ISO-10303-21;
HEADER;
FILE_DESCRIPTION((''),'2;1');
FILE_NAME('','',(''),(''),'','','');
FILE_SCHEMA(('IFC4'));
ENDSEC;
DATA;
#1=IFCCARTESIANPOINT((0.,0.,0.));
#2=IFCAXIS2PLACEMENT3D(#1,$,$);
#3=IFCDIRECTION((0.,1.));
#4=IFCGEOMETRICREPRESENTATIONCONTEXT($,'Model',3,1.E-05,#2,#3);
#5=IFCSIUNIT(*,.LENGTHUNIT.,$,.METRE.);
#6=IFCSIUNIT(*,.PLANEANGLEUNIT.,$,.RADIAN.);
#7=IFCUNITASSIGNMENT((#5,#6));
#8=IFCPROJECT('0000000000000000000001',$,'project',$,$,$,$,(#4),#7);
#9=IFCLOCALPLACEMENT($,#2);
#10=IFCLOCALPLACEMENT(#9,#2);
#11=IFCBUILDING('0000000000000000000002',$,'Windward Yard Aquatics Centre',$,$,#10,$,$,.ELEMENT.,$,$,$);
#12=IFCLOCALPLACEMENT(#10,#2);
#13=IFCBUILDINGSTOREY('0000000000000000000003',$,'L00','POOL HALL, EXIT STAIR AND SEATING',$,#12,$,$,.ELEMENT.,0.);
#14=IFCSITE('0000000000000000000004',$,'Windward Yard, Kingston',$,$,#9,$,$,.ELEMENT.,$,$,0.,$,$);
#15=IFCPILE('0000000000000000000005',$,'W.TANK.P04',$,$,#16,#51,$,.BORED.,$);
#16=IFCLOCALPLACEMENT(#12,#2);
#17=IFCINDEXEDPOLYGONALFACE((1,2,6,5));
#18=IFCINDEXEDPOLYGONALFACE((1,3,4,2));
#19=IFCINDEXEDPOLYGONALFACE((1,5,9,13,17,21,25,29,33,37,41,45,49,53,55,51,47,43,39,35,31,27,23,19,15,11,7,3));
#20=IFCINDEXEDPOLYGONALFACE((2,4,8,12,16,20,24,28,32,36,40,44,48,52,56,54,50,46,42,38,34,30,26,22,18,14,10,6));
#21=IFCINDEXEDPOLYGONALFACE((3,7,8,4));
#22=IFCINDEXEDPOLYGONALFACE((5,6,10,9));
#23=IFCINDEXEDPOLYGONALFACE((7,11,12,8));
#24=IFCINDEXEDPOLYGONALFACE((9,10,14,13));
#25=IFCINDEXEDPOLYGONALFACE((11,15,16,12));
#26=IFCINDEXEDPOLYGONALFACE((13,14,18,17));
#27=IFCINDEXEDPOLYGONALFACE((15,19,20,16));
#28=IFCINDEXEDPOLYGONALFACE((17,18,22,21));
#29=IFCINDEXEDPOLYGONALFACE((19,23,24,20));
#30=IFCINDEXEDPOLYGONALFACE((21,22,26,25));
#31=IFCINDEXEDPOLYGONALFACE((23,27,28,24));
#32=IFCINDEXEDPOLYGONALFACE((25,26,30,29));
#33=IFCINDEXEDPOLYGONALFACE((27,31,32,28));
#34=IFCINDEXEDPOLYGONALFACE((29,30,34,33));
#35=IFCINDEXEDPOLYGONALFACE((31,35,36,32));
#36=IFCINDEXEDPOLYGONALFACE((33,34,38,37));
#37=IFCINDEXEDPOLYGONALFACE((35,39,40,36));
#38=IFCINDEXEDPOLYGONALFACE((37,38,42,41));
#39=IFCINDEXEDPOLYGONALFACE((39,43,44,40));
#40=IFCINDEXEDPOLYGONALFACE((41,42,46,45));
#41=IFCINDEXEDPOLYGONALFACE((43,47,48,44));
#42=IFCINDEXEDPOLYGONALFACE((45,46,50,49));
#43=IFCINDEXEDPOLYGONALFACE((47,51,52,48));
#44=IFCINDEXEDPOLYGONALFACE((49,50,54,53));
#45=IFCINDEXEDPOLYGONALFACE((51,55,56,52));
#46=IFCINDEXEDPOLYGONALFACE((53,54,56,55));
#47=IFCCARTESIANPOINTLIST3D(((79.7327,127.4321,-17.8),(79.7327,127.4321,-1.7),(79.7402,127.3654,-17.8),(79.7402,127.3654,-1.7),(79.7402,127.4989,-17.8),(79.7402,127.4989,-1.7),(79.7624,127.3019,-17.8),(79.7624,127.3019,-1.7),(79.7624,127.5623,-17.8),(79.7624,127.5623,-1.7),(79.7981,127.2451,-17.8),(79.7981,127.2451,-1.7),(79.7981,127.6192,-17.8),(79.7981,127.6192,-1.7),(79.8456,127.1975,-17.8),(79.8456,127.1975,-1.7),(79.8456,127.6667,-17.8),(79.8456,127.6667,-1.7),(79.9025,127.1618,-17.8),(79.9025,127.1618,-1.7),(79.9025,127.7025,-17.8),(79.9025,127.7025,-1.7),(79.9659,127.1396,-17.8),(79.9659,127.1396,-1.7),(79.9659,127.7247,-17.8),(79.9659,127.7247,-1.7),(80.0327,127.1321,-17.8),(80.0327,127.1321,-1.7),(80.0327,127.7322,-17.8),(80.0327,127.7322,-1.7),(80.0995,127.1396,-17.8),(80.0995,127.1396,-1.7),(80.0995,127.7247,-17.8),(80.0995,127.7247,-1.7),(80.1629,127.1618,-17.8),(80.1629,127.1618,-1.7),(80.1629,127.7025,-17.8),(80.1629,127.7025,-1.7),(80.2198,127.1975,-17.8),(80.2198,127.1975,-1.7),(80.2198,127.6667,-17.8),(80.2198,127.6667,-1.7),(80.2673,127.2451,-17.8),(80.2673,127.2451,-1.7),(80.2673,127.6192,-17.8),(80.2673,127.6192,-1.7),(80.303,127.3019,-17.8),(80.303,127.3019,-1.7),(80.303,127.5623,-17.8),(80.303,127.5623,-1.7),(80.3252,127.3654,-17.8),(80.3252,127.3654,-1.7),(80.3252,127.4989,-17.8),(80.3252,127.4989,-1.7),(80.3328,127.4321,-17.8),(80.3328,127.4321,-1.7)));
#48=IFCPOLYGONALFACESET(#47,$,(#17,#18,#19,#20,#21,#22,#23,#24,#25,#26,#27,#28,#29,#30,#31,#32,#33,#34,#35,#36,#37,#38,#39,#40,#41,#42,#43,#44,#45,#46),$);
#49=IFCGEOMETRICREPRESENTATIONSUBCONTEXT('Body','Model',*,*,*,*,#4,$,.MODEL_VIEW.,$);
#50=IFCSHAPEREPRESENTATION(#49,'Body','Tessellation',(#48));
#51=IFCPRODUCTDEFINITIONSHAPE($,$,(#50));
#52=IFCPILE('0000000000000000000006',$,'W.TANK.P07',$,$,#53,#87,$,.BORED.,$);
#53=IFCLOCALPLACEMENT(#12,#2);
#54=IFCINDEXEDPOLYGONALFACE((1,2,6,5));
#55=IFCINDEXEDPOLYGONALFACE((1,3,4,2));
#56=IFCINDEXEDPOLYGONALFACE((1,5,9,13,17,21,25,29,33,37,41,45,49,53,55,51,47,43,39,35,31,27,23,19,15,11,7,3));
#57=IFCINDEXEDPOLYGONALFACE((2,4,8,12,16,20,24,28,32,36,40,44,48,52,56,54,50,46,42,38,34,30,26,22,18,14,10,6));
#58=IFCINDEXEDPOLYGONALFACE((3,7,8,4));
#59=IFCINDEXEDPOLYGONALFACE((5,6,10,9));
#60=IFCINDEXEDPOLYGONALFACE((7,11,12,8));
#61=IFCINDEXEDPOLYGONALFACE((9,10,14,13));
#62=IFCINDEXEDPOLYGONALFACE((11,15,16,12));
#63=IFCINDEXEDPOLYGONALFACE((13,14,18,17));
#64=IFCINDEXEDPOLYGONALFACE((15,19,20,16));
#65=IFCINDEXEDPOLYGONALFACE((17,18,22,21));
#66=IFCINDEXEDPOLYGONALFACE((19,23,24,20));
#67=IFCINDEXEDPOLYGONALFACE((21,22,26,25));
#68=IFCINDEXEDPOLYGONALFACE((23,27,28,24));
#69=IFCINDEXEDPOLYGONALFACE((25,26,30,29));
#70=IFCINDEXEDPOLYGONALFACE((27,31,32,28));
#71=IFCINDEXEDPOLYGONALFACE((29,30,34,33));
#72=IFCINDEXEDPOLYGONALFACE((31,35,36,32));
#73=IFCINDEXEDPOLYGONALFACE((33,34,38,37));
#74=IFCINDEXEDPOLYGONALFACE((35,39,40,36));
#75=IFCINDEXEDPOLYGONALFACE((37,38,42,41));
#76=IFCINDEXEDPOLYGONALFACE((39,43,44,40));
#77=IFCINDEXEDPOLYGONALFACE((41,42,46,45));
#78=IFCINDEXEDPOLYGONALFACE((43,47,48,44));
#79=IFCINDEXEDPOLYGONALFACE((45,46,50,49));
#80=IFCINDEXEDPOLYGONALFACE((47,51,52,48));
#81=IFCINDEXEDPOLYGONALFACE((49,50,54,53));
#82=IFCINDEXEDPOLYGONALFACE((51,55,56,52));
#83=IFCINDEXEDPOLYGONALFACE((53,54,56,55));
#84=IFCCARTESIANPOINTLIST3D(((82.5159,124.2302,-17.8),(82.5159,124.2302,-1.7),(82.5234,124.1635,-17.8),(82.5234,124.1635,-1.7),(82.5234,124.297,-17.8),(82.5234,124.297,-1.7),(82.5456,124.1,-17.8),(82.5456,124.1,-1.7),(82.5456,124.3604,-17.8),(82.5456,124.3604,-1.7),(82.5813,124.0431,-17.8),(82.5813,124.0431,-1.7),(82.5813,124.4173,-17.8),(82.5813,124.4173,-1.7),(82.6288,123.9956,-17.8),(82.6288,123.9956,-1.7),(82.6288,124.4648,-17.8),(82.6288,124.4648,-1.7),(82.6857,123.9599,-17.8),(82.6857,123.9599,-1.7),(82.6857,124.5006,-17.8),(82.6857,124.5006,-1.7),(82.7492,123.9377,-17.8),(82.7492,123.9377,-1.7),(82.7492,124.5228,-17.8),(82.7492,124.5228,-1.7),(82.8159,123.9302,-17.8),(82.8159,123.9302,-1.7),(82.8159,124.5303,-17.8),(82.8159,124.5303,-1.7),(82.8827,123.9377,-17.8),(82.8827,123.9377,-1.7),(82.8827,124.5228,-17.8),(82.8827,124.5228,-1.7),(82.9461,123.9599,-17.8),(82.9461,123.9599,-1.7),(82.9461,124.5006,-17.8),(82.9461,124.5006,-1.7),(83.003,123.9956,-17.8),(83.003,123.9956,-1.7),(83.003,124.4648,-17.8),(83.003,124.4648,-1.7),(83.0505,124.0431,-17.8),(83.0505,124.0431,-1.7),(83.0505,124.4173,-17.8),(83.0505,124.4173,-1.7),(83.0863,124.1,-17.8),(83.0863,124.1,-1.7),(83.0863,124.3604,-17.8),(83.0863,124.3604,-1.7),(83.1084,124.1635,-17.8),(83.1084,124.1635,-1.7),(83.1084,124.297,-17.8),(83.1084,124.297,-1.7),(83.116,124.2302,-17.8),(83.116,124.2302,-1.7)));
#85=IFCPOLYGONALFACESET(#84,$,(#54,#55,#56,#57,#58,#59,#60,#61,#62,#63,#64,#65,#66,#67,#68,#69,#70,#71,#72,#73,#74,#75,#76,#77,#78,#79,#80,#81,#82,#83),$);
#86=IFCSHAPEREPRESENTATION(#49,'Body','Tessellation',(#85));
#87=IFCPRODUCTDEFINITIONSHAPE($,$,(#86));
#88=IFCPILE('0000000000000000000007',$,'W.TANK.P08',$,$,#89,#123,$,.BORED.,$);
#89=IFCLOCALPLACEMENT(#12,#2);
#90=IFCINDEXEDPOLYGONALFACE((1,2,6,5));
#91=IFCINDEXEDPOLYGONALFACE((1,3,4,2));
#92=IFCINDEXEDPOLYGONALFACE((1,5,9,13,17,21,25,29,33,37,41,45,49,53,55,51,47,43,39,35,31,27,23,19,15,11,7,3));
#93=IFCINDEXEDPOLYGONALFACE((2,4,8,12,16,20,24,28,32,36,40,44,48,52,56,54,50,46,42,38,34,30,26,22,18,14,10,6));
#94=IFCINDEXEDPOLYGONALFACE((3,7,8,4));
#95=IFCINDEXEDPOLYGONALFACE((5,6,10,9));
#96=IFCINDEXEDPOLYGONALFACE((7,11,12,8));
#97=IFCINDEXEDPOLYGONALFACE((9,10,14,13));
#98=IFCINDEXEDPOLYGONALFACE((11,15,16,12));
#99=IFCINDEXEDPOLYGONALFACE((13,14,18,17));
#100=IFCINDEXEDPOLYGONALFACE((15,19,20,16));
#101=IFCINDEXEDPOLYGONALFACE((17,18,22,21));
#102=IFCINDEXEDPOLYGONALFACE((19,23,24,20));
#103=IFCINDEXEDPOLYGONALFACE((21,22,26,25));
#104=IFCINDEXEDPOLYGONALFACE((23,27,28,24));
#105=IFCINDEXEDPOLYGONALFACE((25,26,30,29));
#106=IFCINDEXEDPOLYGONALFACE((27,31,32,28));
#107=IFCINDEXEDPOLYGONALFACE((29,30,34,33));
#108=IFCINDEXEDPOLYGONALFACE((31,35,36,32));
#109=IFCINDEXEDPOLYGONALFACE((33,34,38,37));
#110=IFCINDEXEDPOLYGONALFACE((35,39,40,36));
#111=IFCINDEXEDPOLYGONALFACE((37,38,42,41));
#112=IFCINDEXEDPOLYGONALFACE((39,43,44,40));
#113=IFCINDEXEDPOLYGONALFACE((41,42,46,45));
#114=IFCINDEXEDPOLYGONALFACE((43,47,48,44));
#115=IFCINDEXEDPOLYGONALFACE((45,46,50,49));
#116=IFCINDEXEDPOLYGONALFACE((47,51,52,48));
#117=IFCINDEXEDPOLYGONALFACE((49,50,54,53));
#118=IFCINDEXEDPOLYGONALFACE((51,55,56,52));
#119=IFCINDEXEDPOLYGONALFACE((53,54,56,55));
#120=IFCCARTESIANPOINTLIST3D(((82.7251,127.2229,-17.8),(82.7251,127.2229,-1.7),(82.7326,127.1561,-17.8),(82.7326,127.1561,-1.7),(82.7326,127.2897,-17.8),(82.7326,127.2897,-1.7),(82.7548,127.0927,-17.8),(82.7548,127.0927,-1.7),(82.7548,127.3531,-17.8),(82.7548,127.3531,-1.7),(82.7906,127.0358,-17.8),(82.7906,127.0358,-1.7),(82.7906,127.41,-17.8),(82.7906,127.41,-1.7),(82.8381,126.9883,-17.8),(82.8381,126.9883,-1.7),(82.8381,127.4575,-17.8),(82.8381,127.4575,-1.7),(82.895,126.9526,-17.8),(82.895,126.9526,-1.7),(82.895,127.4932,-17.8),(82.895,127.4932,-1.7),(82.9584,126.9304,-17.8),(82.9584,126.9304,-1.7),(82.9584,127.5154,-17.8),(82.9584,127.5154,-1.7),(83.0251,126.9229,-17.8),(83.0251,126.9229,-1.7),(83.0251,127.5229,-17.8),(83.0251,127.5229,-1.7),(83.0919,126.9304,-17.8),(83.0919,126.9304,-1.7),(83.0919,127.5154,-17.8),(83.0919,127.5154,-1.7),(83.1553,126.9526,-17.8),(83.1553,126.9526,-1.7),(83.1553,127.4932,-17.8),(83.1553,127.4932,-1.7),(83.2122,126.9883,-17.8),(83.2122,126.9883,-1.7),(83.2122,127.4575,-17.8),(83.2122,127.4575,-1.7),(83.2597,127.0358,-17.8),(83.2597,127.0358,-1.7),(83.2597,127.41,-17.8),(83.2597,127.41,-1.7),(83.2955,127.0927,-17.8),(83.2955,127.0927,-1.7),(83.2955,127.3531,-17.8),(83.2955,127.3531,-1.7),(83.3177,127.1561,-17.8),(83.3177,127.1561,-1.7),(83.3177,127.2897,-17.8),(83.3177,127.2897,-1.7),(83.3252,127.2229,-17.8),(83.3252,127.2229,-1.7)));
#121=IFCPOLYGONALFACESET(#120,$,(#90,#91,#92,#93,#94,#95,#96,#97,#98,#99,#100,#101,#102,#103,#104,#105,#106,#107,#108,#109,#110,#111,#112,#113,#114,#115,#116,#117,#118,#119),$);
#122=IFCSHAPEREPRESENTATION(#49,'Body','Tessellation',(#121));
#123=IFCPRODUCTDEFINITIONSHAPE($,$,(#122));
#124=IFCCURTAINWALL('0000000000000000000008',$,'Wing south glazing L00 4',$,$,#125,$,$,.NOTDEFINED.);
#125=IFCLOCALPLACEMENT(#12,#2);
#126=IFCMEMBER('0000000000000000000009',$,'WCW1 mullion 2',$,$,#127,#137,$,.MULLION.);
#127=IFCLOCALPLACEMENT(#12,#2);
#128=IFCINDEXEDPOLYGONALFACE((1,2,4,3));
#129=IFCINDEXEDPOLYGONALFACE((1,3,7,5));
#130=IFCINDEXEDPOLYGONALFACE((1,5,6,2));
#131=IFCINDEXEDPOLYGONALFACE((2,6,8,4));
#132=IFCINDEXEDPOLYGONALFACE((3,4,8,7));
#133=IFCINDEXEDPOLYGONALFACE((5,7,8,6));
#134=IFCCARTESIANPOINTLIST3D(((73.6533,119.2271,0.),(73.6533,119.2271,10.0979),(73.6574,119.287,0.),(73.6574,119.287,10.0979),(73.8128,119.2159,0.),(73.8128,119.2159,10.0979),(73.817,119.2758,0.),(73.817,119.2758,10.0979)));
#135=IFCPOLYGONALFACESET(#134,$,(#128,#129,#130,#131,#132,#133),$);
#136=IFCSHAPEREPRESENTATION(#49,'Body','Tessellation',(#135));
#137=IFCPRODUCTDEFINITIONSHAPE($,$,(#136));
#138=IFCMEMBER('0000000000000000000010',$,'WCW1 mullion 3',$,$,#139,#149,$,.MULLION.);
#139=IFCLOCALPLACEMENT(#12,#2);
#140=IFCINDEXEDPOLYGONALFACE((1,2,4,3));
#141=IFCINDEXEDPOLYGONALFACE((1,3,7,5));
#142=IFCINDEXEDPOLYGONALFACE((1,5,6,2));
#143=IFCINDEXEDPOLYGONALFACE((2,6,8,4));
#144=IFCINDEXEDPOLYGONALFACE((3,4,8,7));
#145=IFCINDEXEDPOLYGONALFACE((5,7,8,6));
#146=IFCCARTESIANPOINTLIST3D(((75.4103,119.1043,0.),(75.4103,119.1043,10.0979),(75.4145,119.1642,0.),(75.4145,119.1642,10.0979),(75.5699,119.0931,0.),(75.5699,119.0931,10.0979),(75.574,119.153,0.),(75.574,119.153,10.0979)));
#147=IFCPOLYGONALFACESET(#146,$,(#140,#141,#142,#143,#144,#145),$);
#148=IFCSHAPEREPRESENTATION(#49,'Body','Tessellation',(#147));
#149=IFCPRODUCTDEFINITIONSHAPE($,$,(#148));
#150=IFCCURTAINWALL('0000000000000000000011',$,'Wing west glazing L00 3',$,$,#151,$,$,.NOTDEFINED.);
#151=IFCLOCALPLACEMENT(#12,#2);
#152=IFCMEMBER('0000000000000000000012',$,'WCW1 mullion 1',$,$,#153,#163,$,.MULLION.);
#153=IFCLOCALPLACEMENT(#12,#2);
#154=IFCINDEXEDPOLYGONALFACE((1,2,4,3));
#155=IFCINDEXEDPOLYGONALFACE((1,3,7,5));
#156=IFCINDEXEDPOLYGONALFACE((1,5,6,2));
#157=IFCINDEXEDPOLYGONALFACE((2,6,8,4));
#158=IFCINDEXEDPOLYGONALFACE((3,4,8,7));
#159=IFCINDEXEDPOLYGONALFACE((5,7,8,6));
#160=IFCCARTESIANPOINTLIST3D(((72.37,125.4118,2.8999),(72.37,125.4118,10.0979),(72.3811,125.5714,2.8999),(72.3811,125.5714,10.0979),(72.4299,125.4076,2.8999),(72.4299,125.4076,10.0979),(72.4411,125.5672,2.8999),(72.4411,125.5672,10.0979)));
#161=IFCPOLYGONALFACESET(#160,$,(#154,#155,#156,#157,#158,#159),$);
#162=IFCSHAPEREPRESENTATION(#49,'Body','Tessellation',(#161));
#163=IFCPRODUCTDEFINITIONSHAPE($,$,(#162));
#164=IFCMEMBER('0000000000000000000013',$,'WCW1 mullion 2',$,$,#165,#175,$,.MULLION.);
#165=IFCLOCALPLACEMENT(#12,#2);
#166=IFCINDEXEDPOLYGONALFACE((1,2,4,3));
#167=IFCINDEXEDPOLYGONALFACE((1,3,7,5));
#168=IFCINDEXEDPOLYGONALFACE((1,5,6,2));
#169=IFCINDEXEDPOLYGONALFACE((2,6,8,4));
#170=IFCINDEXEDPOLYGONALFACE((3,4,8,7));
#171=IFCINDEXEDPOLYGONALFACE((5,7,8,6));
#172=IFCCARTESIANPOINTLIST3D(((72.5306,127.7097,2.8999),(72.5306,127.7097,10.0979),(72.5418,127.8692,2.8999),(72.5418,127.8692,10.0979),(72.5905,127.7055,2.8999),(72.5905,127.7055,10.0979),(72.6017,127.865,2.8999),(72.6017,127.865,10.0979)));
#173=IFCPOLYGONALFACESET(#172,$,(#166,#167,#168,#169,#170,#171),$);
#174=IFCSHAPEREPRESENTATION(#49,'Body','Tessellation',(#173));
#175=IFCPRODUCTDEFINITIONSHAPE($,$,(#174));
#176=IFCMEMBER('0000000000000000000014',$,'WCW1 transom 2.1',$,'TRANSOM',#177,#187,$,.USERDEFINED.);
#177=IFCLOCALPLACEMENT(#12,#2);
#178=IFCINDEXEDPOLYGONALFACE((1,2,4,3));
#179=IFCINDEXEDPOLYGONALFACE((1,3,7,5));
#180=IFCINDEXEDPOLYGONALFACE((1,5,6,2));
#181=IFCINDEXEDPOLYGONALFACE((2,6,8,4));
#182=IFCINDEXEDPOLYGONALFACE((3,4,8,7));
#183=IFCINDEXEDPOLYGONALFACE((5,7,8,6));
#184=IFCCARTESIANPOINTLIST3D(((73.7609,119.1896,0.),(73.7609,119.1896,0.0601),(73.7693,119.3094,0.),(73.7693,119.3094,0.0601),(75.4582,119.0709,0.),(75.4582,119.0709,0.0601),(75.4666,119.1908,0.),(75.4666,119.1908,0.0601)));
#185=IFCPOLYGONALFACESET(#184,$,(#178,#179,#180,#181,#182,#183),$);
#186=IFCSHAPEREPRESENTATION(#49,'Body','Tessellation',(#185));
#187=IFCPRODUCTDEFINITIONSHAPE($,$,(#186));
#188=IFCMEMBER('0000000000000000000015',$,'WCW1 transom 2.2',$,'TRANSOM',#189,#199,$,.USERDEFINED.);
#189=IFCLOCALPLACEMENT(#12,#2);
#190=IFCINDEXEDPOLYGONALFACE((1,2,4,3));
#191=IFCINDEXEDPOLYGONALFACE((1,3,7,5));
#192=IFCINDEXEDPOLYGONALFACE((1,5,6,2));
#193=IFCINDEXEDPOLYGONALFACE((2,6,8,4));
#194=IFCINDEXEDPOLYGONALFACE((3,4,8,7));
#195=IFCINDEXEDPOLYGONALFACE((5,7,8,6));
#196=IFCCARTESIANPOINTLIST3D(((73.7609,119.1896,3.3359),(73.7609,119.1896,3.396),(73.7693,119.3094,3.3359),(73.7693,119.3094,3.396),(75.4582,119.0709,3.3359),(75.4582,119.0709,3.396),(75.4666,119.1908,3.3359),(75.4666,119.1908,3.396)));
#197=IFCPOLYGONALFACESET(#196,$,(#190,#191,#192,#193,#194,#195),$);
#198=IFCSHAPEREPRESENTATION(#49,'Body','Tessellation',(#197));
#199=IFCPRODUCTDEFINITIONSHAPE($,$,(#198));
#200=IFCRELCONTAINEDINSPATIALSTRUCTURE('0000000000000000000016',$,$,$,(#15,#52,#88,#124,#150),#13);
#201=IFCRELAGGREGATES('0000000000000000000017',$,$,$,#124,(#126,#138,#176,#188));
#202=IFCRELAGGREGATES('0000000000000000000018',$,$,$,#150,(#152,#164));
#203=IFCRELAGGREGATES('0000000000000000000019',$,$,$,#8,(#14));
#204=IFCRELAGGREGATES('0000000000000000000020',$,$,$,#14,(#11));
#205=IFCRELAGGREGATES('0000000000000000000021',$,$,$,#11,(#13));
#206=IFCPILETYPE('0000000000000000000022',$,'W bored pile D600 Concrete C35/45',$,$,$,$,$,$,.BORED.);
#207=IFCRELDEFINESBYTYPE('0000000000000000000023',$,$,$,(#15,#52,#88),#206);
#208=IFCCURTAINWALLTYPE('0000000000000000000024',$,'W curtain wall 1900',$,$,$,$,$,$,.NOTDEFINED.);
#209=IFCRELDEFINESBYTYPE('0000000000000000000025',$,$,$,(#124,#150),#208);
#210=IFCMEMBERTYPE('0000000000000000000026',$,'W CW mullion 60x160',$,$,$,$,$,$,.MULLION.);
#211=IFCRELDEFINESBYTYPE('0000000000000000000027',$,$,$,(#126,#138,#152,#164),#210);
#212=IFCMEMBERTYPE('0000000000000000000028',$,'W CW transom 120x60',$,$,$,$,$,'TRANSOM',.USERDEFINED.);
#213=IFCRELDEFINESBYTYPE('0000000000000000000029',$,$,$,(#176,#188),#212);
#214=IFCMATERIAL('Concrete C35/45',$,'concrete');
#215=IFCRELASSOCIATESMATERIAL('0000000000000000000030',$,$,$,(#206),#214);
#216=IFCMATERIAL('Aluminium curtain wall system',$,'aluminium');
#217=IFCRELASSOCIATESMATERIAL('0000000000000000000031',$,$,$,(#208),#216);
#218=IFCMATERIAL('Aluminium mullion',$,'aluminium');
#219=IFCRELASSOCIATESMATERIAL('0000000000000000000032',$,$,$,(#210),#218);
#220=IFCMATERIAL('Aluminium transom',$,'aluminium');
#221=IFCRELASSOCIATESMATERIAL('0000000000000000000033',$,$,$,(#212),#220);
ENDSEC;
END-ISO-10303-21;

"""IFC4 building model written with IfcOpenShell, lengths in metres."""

from ifc_helpers import new_model, si_unit, direction, frame, origin, origin_2d, place, context, subcontext, project, spatial, rectangle, circle, extrude, material, material_profile, profile_set, type_object, element, aggregate, save


model = new_model("IFC4")

# Units and contexts
model_context = context("Model", 3, precision=1e-05, world=origin(), true_north=direction((0.0, 1.0)))
body_context = subcontext(model_context, "Body", "Model", "MODEL_VIEW")
ifc_project = project(units=[si_unit("LENGTHUNIT", "METRE"), si_unit("PLANEANGLEUNIT", "RADIAN")], contexts=[model_context])

# Site, building, storey
site_placement = place(None, origin())
site = spatial("IfcSite", under=ifc_project, at=site_placement, Name="Windward Yard, Kingston", CompositionType="ELEMENT", RefElevation=0.0)
building_placement = place(site_placement, origin())
building = spatial("IfcBuilding", under=site, at=building_placement, Name="Windward Yard Aquatics Centre", CompositionType="ELEMENT")
storey_placement = place(building_placement, origin())
storey = spatial("IfcBuildingStorey", under=building, at=storey_placement, Name="L00", Description="POOL HALL, EXIT STAIR AND SEATING", CompositionType="ELEMENT", Elevation=0.0)

# Piles
ifc_material_1 = material(Name="Concrete C35/45", Category="concrete")
ifc_material_profile_1 = material_profile(ifc_material_1, circle(Radius=0.3, at=origin_2d()), Name="D600")
ifc_profile_set_1 = profile_set([ifc_material_profile_1], Name="Concrete C35/45")
pile_type = type_object("IfcPileType", Name="W bored pile D600 Concrete C35/45", PredefinedType="BORED", material=ifc_profile_set_1)
for number, where, z_axis, x_axis, name in (
    (1, (80.0327, 127.4321, -1.7), (0.0, 0.0, -1.0), (1.0, 0.0, 0.0), "W.TANK.P04"),
    (2, (82.8159, 124.2302, -1.7), (0.0, 0.0, -1.0), (1.0, 0.0, 0.0), "W.TANK.P07"),
    (3, (83.0251, 127.2229, -1.7), (0.0, 0.0, -1.0), (1.0, 0.0, 0.0), "W.TANK.P08"),
):
    element("IfcPile", number, at=place(storey_placement, frame(where, z_axis=z_axis, x_axis=x_axis)), inside=storey, type_object=pile_type, Name=name, PredefinedType="BORED", context=body_context, shape_type="SweptSolid", body=[
        extrude(circle(Radius=0.3, at=origin_2d()), origin(), (0.0, 0.0, 1.0), 16.1001),
    ])

# Curtain walls, members
ifc_material_2 = material(Name="Aluminium curtain wall system", Category="aluminium")
curtain_wall_type = type_object("IfcCurtainWallType", Name="W curtain wall 1900", PredefinedType="NOTDEFINED", material=ifc_material_2)
curtain_wall_1_placement = place(storey_placement, origin())
curtain_wall_1 = element("IfcCurtainWall", 4, at=curtain_wall_1_placement, inside=storey, type_object=curtain_wall_type, Name="Wing south glazing L00 4", PredefinedType="NOTDEFINED")
ifc_material_3 = material(Name="Aluminium mullion", Category="aluminium")
ifc_material_profile_2 = material_profile(ifc_material_3, rectangle(XDim=0.0601, YDim=0.1599, at=origin_2d()), Name="AL 60x160")
ifc_profile_set_2 = profile_set([ifc_material_profile_2], Name="Aluminium mullion")
member_type_1 = type_object("IfcMemberType", Name="W CW mullion 60x160", PredefinedType="MULLION", material=ifc_profile_set_2)
member_1_placement = place(storey_placement, frame((73.7351, 119.2515, 0.0), z_axis=(0.0, 0.0, 1.0), x_axis=(0.069756, 0.997564, 0.0)))
member_1 = element("IfcMember", 5, at=member_1_placement, type_object=member_type_1, Name="WCW1 mullion 2", PredefinedType="MULLION", context=body_context, shape_type="SweptSolid", body=[
    extrude(rectangle(XDim=0.0601, YDim=0.1599, at=origin_2d()), origin(), (0.0, 0.0, 1.0), 10.0979),
])
member_2_placement = place(storey_placement, frame((75.4922, 119.1287, 0.0), z_axis=(0.0, 0.0, 1.0), x_axis=(0.069756, 0.997564, 0.0)))
member_2 = element("IfcMember", 6, at=member_2_placement, type_object=member_type_1, Name="WCW1 mullion 3", PredefinedType="MULLION", context=body_context, shape_type="SweptSolid", body=[
    extrude(rectangle(XDim=0.0601, YDim=0.1599, at=origin_2d()), origin(), (0.0, 0.0, 1.0), 10.0979),
])
curtain_wall_2_placement = place(storey_placement, origin())
curtain_wall_2 = element("IfcCurtainWall", 7, at=curtain_wall_2_placement, inside=storey, type_object=curtain_wall_type, Name="Wing west glazing L00 3", PredefinedType="NOTDEFINED")
member_3_placement = place(storey_placement, frame((72.4055, 125.4895, 2.8999), z_axis=(0.0, 0.0, 1.0), x_axis=(-0.997564, 0.069758, 0.0)))
member_3 = element("IfcMember", 8, at=member_3_placement, type_object=member_type_1, Name="WCW1 mullion 1", PredefinedType="MULLION", context=body_context, shape_type="SweptSolid", body=[
    extrude(rectangle(XDim=0.0601, YDim=0.1599, at=origin_2d()), origin(), (0.0, 0.0, 1.0), 7.198),
])
member_4_placement = place(storey_placement, frame((72.5662, 127.7874, 2.8999), z_axis=(0.0, 0.0, 1.0), x_axis=(-0.997564, 0.069758, 0.0)))
member_4 = element("IfcMember", 9, at=member_4_placement, type_object=member_type_1, Name="WCW1 mullion 2", PredefinedType="MULLION", context=body_context, shape_type="SweptSolid", body=[
    extrude(rectangle(XDim=0.0601, YDim=0.1599, at=origin_2d()), origin(), (0.0, 0.0, 1.0), 7.198),
])

# Members
ifc_material_4 = material(Name="Aluminium transom", Category="aluminium")
ifc_material_profile_3 = material_profile(ifc_material_4, rectangle(XDim=0.1201, YDim=0.0601, at=origin_2d()), Name="AL 120x60")
ifc_profile_set_3 = profile_set([ifc_material_profile_3], Name="Aluminium transom")
member_type_2 = type_object("IfcMemberType", Name="W CW transom 120x60", ElementType="TRANSOM", PredefinedType="USERDEFINED", material=ifc_profile_set_3)
member_5_placement = place(storey_placement, frame((73.7651, 119.2495, 0.03), z_axis=(0.997565, -0.069738, 0.0), x_axis=(0.069738, 0.997565, 0.0)))
member_5 = element("IfcMember", 10, at=member_5_placement, type_object=member_type_2, Name="WCW1 transom 2.1", ObjectType="TRANSOM", PredefinedType="USERDEFINED", context=body_context, shape_type="SweptSolid", body=[
    extrude(rectangle(XDim=0.1201, YDim=0.0601, at=origin_2d()), origin(), (0.0, 0.0, 1.0), 1.7014),
])
member_6_placement = place(storey_placement, frame((73.7651, 119.2495, 3.366), z_axis=(0.997565, -0.069738, 0.0), x_axis=(0.069738, 0.997565, 0.0)))
member_6 = element("IfcMember", 11, at=member_6_placement, type_object=member_type_2, Name="WCW1 transom 2.2", ObjectType="TRANSOM", PredefinedType="USERDEFINED", context=body_context, shape_type="SweptSolid", body=[
    extrude(rectangle(XDim=0.1201, YDim=0.0601, at=origin_2d()), origin(), (0.0, 0.0, 1.0), 1.7014),
])

aggregate(curtain_wall_1, [member_1, member_2, member_5, member_6])
aggregate(curtain_wall_2, [member_3, member_4])

save(model, "model.ifc")
